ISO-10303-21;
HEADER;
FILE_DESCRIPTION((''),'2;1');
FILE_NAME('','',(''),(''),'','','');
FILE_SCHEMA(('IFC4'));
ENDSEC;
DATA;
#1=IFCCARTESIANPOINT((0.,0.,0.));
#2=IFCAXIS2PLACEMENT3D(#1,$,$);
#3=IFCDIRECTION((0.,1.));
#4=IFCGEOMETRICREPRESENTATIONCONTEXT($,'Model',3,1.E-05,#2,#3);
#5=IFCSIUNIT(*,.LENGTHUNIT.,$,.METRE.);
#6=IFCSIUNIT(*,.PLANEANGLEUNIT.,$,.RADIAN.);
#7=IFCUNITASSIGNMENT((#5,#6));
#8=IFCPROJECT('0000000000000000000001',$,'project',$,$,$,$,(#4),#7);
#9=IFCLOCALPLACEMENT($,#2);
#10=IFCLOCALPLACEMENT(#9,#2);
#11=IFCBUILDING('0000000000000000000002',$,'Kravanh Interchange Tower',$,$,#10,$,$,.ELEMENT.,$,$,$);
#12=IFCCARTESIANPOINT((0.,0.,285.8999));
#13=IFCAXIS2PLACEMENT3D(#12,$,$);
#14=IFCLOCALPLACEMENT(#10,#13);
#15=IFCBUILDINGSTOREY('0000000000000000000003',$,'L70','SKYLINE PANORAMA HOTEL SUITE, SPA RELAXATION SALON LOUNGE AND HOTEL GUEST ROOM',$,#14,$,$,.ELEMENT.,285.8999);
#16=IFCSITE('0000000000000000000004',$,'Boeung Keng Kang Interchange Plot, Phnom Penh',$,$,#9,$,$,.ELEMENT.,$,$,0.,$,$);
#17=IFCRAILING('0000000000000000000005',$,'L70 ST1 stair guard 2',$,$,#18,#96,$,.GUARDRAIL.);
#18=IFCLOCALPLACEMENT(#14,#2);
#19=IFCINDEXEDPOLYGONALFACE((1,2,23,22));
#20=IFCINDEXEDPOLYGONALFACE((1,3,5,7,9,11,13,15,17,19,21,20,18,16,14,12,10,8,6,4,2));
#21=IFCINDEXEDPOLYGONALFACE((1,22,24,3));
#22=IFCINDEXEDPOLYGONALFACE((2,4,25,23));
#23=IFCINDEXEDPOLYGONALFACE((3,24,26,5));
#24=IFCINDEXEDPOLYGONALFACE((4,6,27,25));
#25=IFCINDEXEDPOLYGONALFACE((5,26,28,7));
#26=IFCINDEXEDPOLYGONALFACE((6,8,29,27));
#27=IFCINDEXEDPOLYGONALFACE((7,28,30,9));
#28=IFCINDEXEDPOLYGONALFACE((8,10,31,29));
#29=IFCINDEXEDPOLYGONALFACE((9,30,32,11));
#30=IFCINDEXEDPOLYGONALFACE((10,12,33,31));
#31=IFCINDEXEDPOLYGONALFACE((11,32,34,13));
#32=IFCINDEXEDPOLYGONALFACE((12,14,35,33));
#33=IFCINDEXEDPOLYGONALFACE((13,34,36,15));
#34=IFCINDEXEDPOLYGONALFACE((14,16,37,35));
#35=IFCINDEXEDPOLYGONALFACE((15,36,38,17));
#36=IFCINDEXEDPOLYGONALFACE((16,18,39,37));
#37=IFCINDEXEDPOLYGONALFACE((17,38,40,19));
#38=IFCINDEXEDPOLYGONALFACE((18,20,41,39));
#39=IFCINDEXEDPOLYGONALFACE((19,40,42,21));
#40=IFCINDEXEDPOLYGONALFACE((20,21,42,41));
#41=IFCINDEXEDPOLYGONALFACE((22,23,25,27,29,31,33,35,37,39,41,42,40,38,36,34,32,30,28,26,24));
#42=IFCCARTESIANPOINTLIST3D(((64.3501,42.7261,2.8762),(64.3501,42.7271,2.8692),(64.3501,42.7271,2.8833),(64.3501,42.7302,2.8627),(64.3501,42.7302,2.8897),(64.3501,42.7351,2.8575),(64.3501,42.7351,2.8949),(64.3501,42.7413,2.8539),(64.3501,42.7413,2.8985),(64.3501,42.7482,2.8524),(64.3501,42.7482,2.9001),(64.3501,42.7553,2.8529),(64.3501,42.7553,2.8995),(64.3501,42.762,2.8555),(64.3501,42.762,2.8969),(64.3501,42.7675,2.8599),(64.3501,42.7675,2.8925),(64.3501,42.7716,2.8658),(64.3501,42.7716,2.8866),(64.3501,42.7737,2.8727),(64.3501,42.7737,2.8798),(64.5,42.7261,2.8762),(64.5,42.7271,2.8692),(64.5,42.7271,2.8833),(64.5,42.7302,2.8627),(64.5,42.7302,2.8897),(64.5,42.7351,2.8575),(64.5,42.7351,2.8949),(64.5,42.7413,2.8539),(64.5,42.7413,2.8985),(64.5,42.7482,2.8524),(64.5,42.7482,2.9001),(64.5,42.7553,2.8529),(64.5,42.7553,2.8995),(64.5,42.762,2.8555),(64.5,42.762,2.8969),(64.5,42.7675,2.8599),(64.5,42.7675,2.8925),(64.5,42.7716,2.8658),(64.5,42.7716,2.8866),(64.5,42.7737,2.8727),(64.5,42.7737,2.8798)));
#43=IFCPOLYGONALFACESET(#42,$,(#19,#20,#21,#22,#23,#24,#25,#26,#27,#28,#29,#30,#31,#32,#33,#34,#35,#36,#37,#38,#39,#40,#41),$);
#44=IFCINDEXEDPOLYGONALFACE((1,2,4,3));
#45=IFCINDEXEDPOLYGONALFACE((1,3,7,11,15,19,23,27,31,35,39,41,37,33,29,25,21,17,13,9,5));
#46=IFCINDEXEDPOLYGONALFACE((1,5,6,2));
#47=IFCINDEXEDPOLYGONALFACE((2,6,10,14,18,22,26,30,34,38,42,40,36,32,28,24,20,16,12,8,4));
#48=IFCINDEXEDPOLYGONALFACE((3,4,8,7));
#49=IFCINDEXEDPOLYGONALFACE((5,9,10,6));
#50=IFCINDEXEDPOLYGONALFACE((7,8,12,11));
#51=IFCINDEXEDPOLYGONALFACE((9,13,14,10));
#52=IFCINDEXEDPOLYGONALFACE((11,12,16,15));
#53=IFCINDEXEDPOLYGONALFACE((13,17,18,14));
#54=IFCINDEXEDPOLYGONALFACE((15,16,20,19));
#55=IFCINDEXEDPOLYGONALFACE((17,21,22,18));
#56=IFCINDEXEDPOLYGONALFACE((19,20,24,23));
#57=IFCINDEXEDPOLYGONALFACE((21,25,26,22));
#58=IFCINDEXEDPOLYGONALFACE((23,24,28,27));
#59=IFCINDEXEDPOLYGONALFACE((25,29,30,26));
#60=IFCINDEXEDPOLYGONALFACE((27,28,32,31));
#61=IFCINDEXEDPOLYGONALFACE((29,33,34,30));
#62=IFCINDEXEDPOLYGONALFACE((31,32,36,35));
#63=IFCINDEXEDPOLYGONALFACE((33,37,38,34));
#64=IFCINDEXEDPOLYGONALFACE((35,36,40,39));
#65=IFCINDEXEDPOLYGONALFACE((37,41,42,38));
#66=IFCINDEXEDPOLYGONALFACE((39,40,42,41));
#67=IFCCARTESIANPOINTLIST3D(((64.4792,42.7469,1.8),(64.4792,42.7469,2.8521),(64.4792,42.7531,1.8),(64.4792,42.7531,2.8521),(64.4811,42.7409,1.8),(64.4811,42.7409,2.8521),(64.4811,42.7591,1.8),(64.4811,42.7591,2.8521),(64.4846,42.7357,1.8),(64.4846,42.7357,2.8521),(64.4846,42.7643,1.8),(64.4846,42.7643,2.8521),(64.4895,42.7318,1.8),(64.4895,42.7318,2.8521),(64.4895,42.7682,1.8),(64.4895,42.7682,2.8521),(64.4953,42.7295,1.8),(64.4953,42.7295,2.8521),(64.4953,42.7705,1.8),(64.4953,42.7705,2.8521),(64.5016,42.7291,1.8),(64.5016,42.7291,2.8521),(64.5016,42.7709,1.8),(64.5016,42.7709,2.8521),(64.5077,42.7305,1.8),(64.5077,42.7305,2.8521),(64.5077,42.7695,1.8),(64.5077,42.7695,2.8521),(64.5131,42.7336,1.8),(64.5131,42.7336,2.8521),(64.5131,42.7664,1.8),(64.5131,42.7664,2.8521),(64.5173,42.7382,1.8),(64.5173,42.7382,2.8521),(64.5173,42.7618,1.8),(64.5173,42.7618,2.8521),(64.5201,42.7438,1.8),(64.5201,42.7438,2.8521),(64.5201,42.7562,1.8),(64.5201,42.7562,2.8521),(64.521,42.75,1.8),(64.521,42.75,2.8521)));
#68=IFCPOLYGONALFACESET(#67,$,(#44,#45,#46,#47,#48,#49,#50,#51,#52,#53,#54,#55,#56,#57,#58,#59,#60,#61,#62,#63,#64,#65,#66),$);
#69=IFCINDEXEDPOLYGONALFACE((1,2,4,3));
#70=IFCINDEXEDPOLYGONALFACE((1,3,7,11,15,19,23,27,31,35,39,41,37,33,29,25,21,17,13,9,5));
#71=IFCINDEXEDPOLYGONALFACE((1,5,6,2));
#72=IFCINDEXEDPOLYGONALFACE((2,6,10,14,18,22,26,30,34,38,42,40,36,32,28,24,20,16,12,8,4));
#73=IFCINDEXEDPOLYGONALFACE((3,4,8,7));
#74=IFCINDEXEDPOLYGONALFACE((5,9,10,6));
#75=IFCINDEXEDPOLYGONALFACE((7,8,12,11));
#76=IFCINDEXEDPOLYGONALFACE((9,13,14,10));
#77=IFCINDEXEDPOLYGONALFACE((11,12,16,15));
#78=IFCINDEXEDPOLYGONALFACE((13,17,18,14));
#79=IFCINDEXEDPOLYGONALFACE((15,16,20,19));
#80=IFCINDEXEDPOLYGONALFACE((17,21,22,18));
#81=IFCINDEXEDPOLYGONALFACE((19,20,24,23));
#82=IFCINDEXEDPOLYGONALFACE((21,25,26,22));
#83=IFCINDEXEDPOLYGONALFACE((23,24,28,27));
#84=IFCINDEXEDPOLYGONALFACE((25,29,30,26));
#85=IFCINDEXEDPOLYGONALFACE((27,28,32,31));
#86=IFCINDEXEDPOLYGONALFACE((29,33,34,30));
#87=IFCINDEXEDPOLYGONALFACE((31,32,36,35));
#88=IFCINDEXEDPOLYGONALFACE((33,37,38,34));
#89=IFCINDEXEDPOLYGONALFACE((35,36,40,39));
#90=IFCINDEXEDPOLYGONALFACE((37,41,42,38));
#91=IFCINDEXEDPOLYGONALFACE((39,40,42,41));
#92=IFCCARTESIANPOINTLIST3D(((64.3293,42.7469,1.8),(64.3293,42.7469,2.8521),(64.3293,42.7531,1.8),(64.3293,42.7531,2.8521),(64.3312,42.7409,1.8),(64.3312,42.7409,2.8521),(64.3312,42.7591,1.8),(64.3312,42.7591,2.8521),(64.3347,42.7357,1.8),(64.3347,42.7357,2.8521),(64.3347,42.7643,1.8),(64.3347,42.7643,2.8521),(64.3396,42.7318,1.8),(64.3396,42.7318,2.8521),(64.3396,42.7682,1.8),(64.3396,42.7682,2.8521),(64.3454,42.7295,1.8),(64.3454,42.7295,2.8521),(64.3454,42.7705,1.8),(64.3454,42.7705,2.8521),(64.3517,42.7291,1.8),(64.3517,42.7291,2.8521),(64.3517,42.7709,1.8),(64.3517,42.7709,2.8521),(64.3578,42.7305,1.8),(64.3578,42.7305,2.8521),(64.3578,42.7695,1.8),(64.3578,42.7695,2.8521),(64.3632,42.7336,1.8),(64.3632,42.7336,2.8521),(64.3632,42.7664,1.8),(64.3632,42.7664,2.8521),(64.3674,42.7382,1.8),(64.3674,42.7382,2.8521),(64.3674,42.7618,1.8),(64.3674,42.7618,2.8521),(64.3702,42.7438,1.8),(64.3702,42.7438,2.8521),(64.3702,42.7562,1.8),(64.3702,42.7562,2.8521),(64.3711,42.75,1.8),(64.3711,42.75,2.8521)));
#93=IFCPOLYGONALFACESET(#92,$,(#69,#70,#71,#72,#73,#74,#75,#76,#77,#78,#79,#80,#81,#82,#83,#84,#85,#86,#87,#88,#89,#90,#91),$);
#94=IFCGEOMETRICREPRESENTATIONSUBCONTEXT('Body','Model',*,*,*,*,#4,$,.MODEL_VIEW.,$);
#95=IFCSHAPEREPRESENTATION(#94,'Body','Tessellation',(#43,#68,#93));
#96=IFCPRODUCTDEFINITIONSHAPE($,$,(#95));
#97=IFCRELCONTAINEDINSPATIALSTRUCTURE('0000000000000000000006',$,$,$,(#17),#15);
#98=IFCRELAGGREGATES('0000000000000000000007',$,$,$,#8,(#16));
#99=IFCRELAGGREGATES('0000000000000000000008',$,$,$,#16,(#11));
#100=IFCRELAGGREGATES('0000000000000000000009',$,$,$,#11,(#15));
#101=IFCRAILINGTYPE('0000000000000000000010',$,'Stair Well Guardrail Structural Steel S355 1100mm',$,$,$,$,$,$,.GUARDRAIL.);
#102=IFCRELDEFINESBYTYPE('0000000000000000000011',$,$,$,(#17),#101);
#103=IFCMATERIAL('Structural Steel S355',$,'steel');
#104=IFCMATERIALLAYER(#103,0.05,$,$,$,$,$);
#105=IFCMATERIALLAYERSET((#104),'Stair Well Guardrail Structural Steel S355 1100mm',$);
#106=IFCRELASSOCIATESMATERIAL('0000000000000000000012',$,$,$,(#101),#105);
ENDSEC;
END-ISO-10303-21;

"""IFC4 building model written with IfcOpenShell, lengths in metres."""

from ifc_helpers import new_model, si_unit, direction, frame, origin, origin_2d, place, context, subcontext, project, spatial, circle, extrude, material, layer, layer_set, type_object, element, save


model = new_model("IFC4")

# Units and contexts
model_context = context("Model", 3, precision=1e-05, world=origin(), true_north=direction((0.0, 1.0)))
body_context = subcontext(model_context, "Body", "Model", "MODEL_VIEW")
ifc_project = project(units=[si_unit("LENGTHUNIT", "METRE"), si_unit("PLANEANGLEUNIT", "RADIAN")], contexts=[model_context])

# Site, building, storey
site_placement = place(None, origin())
site = spatial("IfcSite", under=ifc_project, at=site_placement, Name="Boeung Keng Kang Interchange Plot, Phnom Penh", CompositionType="ELEMENT", RefElevation=0.0)
building_placement = place(site_placement, origin())
building = spatial("IfcBuilding", under=site, at=building_placement, Name="Kravanh Interchange Tower", CompositionType="ELEMENT")
storey_placement = place(building_placement, frame((0.0, 0.0, 285.8999)))
storey = spatial("IfcBuildingStorey", under=building, at=storey_placement, Name="L70", Description="SKYLINE PANORAMA HOTEL SUITE, SPA RELAXATION SALON LOUNGE AND HOTEL GUEST ROOM", CompositionType="ELEMENT", Elevation=285.8999)

# Railing
ifc_material_1 = material(Name="Structural Steel S355", Category="steel")
ifc_layer_1 = layer(ifc_material_1, 0.05)
ifc_layer_set_1 = layer_set([ifc_layer_1], Name="Stair Well Guardrail Structural Steel S355 1100mm")
railing_type_1 = type_object("IfcRailingType", Name="Stair Well Guardrail Structural Steel S355 1100mm", PredefinedType="GUARDRAIL", material=ifc_layer_set_1)
railing_1_placement = place(storey_placement, frame((64.5, 42.75, 1.8)))
element("IfcRailing", 1, at=railing_1_placement, inside=storey, type_object=railing_type_1, Name="L70 ST1 stair guard 2", PredefinedType="GUARDRAIL", context=body_context, shape_type="SweptSolid", body=[
    extrude(circle(Radius=0.0239, at=origin_2d()), frame((0.0, 0.0, 1.0762), z_axis=(-1.0, 0.0, 0.0), x_axis=(0.0, -1.0, 0.0)), (0.0, 0.0, 1.0), 0.1499),
    extrude(circle(Radius=0.021, at=origin_2d()), origin(), (0.0, 0.0, 1.0), 1.052),
    extrude(circle(Radius=0.021, at=origin_2d()), frame((-0.1499, 0.0, 0.0)), (0.0, 0.0, 1.0), 1.052),
])

save(model, "model.ifc")
